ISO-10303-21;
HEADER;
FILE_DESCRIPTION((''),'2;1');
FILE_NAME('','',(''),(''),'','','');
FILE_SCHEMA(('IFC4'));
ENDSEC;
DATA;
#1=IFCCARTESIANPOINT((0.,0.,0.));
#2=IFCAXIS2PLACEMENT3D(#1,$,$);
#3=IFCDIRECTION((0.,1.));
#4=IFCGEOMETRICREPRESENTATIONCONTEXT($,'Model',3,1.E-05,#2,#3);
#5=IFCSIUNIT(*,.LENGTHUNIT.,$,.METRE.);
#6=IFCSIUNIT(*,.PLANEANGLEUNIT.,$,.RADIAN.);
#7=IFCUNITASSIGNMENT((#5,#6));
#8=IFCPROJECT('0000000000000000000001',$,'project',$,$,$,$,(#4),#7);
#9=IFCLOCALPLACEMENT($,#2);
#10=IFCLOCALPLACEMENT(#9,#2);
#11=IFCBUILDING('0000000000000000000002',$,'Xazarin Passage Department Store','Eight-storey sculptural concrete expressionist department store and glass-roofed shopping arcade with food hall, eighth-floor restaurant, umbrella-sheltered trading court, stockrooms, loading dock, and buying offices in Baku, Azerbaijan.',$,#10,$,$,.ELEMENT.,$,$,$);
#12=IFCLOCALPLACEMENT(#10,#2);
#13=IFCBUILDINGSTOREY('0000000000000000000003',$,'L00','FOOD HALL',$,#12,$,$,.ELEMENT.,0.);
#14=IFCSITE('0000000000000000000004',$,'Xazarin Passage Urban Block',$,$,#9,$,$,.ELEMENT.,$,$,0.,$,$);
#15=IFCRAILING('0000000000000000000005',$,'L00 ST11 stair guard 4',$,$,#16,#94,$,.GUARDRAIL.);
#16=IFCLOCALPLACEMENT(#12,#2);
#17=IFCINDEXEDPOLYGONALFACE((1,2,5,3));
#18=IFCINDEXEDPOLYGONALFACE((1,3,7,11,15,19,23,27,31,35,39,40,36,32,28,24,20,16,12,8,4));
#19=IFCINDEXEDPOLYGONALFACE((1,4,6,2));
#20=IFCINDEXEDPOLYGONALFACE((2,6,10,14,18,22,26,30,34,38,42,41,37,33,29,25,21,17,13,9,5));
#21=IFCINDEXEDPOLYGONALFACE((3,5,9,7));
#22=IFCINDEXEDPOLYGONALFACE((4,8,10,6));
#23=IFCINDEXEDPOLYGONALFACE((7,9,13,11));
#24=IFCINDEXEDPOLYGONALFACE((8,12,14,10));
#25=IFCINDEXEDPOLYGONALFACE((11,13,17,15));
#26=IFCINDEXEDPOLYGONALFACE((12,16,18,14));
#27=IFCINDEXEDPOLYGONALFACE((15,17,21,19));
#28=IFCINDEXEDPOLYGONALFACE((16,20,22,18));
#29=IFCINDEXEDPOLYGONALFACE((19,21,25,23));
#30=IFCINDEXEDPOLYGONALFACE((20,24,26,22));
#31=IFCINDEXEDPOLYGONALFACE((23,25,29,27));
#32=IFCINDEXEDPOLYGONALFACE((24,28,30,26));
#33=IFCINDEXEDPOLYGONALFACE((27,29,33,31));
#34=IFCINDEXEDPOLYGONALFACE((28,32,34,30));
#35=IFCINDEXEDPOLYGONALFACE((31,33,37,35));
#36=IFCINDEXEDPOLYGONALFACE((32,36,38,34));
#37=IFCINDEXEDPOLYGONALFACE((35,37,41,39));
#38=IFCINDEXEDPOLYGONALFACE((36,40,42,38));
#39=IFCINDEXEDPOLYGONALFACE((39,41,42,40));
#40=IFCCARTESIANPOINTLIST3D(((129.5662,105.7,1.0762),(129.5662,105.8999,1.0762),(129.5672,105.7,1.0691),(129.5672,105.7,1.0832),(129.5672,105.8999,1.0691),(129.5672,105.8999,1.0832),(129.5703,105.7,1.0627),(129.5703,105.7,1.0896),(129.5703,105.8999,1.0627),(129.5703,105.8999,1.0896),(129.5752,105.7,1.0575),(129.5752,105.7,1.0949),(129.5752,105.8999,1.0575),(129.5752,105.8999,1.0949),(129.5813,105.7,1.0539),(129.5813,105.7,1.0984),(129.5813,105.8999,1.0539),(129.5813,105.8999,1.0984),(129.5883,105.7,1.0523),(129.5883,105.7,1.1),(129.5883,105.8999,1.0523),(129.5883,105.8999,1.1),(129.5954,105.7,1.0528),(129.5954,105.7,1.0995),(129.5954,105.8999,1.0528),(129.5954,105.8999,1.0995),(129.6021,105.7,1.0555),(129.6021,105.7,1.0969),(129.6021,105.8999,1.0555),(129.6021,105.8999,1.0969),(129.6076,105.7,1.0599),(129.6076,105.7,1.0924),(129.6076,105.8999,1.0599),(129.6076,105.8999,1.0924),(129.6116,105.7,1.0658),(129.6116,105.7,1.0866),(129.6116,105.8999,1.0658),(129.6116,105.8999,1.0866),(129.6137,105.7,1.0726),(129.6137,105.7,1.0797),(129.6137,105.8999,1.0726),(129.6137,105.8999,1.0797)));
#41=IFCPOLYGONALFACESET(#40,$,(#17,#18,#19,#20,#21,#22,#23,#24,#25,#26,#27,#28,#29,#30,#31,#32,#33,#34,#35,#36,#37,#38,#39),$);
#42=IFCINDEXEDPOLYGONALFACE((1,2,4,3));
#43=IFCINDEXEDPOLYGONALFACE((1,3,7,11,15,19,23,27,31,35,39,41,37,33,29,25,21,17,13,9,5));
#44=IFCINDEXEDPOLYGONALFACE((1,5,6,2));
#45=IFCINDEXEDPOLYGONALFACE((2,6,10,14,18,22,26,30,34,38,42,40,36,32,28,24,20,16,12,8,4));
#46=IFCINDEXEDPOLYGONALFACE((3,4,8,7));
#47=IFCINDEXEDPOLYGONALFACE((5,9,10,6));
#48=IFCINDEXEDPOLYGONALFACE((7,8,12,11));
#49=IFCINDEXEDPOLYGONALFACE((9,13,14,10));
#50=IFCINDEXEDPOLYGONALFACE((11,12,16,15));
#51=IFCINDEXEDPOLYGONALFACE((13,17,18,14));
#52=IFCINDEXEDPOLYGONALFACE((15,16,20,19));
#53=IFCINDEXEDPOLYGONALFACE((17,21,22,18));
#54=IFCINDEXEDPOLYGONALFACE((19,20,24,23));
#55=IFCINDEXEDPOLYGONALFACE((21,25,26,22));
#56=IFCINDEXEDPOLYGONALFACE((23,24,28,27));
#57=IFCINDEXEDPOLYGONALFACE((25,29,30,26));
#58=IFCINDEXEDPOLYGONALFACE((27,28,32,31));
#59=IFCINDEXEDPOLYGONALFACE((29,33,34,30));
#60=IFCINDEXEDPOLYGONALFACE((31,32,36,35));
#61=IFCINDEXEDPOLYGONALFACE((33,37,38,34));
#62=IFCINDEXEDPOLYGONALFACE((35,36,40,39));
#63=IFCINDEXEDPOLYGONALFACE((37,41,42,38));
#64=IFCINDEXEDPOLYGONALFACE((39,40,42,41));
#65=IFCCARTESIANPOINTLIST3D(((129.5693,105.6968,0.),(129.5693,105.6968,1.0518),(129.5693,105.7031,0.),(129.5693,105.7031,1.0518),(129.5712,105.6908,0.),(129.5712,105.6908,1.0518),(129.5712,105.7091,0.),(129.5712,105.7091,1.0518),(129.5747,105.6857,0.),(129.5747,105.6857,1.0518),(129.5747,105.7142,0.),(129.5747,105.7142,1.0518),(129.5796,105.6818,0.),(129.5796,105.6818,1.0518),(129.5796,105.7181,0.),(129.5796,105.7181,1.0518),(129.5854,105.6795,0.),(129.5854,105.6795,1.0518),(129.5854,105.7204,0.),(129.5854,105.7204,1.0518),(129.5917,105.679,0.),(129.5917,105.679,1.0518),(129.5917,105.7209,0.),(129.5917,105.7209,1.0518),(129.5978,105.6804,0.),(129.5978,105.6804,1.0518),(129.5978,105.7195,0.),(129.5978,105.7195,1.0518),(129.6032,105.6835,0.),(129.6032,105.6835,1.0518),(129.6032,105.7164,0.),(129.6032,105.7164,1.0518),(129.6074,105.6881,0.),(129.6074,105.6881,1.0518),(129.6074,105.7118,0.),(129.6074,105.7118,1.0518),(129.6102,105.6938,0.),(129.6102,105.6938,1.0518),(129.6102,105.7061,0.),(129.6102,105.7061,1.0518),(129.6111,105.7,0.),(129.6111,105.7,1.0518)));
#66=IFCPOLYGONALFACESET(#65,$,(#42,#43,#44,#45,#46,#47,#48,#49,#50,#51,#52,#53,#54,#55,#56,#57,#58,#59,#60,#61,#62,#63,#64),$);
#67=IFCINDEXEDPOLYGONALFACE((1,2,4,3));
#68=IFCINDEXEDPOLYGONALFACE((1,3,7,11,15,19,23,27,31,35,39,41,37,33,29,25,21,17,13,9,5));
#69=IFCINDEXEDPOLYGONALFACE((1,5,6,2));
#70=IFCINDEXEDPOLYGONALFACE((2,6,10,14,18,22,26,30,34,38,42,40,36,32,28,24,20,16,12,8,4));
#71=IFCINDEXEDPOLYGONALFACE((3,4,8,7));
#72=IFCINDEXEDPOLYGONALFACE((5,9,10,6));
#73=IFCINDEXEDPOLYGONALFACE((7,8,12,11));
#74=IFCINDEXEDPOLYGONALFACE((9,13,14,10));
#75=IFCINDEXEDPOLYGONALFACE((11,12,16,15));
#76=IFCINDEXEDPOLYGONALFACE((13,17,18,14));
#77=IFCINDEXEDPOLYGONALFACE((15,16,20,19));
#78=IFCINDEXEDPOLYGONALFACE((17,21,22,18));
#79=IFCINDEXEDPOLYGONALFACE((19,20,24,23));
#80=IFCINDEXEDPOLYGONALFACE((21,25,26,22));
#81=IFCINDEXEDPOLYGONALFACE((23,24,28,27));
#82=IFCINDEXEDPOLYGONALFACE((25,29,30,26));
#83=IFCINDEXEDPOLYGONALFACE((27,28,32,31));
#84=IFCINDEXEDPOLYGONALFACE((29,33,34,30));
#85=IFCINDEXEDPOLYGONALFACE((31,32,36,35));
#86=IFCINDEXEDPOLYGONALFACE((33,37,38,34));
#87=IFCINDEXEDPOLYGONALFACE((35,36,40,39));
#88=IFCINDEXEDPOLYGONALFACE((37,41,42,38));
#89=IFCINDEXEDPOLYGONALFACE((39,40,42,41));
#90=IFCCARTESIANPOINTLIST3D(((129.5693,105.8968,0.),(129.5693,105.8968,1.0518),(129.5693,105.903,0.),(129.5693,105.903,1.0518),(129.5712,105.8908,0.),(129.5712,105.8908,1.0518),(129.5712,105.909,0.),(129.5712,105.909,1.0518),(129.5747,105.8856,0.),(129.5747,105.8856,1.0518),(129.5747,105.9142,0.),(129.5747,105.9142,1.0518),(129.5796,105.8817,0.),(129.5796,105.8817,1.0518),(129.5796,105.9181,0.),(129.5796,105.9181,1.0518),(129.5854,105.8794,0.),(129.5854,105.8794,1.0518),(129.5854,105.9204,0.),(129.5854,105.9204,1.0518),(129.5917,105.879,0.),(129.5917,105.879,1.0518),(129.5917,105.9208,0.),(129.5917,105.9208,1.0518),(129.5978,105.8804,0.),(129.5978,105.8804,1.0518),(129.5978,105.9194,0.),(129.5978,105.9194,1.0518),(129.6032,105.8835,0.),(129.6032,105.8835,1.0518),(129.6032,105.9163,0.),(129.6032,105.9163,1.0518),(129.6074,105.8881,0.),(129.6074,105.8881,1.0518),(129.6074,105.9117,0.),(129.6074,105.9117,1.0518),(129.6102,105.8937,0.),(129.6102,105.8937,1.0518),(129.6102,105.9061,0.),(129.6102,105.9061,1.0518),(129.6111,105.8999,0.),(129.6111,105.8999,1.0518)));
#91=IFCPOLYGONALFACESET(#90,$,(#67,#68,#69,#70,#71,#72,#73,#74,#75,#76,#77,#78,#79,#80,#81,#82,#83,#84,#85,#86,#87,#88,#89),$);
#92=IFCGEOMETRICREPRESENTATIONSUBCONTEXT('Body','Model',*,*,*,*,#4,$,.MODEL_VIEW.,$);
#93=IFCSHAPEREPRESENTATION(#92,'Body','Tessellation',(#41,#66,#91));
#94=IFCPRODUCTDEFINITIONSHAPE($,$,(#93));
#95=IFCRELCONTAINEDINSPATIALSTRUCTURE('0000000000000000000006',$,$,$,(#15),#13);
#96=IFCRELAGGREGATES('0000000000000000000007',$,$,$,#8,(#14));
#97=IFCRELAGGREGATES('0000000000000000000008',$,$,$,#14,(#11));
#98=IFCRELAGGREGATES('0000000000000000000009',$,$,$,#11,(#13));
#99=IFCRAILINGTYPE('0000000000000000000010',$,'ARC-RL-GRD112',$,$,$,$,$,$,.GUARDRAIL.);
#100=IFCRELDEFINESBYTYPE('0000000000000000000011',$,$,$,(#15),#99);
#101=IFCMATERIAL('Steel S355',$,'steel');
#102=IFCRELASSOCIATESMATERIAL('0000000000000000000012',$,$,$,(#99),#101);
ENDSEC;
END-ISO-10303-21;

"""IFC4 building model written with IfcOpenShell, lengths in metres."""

from ifc_helpers import new_model, si_unit, direction, frame, origin, origin_2d, place, context, subcontext, project, spatial, circle, extrude, material, type_object, element, save


model = new_model("IFC4")

# Units and contexts
model_context = context("Model", 3, precision=1e-05, world=origin(), true_north=direction((0.0, 1.0)))
body_context = subcontext(model_context, "Body", "Model", "MODEL_VIEW")
ifc_project = project(units=[si_unit("LENGTHUNIT", "METRE"), si_unit("PLANEANGLEUNIT", "RADIAN")], contexts=[model_context])

# Site, building, storey
site_placement = place(None, origin())
site = spatial("IfcSite", under=ifc_project, at=site_placement, Name="Xazarin Passage Urban Block", CompositionType="ELEMENT", RefElevation=0.0)
building_placement = place(site_placement, origin())
building = spatial("IfcBuilding", under=site, at=building_placement, Name="Xazarin Passage Department Store", Description="Eight-storey sculptural concrete expressionist department store and glass-roofed shopping arcade with food hall, eighth-floor restaurant, umbrella-sheltered trading court, stockrooms, loading dock, and buying offices in Baku, Azerbaijan.", CompositionType="ELEMENT")
storey_placement = place(building_placement, origin())
storey = spatial("IfcBuildingStorey", under=building, at=storey_placement, Name="L00", Description="FOOD HALL", CompositionType="ELEMENT", Elevation=0.0)

# Shared definitions
ifc_material_1 = material(Name="Steel S355", Category="steel")

# Railing
railing_type_1 = type_object("IfcRailingType", Name="ARC-RL-GRD112", PredefinedType="GUARDRAIL", material=ifc_material_1)
railing_1_placement = place(storey_placement, frame((129.5901, 105.7, 0.0)))
element("IfcRailing", 1, at=railing_1_placement, inside=storey, type_object=railing_type_1, Name="L00 ST11 stair guard 4", PredefinedType="GUARDRAIL", context=body_context, shape_type="SweptSolid", body=[
    extrude(circle(Radius=0.0239, at=origin_2d()), frame((0.0, 0.0, 1.0762), z_axis=(0.0, 1.0, 0.0), x_axis=(-1.0, 0.0, 0.0)), (0.0, 0.0, 1.0), 0.2),
    extrude(circle(Radius=0.021, at=origin_2d()), origin(), (0.0, 0.0, 1.0), 1.0518),
    extrude(circle(Radius=0.021, at=origin_2d()), frame((0.0, 0.2, 0.0)), (0.0, 0.0, 1.0), 1.0518),
])

save(model, "model.ifc")
